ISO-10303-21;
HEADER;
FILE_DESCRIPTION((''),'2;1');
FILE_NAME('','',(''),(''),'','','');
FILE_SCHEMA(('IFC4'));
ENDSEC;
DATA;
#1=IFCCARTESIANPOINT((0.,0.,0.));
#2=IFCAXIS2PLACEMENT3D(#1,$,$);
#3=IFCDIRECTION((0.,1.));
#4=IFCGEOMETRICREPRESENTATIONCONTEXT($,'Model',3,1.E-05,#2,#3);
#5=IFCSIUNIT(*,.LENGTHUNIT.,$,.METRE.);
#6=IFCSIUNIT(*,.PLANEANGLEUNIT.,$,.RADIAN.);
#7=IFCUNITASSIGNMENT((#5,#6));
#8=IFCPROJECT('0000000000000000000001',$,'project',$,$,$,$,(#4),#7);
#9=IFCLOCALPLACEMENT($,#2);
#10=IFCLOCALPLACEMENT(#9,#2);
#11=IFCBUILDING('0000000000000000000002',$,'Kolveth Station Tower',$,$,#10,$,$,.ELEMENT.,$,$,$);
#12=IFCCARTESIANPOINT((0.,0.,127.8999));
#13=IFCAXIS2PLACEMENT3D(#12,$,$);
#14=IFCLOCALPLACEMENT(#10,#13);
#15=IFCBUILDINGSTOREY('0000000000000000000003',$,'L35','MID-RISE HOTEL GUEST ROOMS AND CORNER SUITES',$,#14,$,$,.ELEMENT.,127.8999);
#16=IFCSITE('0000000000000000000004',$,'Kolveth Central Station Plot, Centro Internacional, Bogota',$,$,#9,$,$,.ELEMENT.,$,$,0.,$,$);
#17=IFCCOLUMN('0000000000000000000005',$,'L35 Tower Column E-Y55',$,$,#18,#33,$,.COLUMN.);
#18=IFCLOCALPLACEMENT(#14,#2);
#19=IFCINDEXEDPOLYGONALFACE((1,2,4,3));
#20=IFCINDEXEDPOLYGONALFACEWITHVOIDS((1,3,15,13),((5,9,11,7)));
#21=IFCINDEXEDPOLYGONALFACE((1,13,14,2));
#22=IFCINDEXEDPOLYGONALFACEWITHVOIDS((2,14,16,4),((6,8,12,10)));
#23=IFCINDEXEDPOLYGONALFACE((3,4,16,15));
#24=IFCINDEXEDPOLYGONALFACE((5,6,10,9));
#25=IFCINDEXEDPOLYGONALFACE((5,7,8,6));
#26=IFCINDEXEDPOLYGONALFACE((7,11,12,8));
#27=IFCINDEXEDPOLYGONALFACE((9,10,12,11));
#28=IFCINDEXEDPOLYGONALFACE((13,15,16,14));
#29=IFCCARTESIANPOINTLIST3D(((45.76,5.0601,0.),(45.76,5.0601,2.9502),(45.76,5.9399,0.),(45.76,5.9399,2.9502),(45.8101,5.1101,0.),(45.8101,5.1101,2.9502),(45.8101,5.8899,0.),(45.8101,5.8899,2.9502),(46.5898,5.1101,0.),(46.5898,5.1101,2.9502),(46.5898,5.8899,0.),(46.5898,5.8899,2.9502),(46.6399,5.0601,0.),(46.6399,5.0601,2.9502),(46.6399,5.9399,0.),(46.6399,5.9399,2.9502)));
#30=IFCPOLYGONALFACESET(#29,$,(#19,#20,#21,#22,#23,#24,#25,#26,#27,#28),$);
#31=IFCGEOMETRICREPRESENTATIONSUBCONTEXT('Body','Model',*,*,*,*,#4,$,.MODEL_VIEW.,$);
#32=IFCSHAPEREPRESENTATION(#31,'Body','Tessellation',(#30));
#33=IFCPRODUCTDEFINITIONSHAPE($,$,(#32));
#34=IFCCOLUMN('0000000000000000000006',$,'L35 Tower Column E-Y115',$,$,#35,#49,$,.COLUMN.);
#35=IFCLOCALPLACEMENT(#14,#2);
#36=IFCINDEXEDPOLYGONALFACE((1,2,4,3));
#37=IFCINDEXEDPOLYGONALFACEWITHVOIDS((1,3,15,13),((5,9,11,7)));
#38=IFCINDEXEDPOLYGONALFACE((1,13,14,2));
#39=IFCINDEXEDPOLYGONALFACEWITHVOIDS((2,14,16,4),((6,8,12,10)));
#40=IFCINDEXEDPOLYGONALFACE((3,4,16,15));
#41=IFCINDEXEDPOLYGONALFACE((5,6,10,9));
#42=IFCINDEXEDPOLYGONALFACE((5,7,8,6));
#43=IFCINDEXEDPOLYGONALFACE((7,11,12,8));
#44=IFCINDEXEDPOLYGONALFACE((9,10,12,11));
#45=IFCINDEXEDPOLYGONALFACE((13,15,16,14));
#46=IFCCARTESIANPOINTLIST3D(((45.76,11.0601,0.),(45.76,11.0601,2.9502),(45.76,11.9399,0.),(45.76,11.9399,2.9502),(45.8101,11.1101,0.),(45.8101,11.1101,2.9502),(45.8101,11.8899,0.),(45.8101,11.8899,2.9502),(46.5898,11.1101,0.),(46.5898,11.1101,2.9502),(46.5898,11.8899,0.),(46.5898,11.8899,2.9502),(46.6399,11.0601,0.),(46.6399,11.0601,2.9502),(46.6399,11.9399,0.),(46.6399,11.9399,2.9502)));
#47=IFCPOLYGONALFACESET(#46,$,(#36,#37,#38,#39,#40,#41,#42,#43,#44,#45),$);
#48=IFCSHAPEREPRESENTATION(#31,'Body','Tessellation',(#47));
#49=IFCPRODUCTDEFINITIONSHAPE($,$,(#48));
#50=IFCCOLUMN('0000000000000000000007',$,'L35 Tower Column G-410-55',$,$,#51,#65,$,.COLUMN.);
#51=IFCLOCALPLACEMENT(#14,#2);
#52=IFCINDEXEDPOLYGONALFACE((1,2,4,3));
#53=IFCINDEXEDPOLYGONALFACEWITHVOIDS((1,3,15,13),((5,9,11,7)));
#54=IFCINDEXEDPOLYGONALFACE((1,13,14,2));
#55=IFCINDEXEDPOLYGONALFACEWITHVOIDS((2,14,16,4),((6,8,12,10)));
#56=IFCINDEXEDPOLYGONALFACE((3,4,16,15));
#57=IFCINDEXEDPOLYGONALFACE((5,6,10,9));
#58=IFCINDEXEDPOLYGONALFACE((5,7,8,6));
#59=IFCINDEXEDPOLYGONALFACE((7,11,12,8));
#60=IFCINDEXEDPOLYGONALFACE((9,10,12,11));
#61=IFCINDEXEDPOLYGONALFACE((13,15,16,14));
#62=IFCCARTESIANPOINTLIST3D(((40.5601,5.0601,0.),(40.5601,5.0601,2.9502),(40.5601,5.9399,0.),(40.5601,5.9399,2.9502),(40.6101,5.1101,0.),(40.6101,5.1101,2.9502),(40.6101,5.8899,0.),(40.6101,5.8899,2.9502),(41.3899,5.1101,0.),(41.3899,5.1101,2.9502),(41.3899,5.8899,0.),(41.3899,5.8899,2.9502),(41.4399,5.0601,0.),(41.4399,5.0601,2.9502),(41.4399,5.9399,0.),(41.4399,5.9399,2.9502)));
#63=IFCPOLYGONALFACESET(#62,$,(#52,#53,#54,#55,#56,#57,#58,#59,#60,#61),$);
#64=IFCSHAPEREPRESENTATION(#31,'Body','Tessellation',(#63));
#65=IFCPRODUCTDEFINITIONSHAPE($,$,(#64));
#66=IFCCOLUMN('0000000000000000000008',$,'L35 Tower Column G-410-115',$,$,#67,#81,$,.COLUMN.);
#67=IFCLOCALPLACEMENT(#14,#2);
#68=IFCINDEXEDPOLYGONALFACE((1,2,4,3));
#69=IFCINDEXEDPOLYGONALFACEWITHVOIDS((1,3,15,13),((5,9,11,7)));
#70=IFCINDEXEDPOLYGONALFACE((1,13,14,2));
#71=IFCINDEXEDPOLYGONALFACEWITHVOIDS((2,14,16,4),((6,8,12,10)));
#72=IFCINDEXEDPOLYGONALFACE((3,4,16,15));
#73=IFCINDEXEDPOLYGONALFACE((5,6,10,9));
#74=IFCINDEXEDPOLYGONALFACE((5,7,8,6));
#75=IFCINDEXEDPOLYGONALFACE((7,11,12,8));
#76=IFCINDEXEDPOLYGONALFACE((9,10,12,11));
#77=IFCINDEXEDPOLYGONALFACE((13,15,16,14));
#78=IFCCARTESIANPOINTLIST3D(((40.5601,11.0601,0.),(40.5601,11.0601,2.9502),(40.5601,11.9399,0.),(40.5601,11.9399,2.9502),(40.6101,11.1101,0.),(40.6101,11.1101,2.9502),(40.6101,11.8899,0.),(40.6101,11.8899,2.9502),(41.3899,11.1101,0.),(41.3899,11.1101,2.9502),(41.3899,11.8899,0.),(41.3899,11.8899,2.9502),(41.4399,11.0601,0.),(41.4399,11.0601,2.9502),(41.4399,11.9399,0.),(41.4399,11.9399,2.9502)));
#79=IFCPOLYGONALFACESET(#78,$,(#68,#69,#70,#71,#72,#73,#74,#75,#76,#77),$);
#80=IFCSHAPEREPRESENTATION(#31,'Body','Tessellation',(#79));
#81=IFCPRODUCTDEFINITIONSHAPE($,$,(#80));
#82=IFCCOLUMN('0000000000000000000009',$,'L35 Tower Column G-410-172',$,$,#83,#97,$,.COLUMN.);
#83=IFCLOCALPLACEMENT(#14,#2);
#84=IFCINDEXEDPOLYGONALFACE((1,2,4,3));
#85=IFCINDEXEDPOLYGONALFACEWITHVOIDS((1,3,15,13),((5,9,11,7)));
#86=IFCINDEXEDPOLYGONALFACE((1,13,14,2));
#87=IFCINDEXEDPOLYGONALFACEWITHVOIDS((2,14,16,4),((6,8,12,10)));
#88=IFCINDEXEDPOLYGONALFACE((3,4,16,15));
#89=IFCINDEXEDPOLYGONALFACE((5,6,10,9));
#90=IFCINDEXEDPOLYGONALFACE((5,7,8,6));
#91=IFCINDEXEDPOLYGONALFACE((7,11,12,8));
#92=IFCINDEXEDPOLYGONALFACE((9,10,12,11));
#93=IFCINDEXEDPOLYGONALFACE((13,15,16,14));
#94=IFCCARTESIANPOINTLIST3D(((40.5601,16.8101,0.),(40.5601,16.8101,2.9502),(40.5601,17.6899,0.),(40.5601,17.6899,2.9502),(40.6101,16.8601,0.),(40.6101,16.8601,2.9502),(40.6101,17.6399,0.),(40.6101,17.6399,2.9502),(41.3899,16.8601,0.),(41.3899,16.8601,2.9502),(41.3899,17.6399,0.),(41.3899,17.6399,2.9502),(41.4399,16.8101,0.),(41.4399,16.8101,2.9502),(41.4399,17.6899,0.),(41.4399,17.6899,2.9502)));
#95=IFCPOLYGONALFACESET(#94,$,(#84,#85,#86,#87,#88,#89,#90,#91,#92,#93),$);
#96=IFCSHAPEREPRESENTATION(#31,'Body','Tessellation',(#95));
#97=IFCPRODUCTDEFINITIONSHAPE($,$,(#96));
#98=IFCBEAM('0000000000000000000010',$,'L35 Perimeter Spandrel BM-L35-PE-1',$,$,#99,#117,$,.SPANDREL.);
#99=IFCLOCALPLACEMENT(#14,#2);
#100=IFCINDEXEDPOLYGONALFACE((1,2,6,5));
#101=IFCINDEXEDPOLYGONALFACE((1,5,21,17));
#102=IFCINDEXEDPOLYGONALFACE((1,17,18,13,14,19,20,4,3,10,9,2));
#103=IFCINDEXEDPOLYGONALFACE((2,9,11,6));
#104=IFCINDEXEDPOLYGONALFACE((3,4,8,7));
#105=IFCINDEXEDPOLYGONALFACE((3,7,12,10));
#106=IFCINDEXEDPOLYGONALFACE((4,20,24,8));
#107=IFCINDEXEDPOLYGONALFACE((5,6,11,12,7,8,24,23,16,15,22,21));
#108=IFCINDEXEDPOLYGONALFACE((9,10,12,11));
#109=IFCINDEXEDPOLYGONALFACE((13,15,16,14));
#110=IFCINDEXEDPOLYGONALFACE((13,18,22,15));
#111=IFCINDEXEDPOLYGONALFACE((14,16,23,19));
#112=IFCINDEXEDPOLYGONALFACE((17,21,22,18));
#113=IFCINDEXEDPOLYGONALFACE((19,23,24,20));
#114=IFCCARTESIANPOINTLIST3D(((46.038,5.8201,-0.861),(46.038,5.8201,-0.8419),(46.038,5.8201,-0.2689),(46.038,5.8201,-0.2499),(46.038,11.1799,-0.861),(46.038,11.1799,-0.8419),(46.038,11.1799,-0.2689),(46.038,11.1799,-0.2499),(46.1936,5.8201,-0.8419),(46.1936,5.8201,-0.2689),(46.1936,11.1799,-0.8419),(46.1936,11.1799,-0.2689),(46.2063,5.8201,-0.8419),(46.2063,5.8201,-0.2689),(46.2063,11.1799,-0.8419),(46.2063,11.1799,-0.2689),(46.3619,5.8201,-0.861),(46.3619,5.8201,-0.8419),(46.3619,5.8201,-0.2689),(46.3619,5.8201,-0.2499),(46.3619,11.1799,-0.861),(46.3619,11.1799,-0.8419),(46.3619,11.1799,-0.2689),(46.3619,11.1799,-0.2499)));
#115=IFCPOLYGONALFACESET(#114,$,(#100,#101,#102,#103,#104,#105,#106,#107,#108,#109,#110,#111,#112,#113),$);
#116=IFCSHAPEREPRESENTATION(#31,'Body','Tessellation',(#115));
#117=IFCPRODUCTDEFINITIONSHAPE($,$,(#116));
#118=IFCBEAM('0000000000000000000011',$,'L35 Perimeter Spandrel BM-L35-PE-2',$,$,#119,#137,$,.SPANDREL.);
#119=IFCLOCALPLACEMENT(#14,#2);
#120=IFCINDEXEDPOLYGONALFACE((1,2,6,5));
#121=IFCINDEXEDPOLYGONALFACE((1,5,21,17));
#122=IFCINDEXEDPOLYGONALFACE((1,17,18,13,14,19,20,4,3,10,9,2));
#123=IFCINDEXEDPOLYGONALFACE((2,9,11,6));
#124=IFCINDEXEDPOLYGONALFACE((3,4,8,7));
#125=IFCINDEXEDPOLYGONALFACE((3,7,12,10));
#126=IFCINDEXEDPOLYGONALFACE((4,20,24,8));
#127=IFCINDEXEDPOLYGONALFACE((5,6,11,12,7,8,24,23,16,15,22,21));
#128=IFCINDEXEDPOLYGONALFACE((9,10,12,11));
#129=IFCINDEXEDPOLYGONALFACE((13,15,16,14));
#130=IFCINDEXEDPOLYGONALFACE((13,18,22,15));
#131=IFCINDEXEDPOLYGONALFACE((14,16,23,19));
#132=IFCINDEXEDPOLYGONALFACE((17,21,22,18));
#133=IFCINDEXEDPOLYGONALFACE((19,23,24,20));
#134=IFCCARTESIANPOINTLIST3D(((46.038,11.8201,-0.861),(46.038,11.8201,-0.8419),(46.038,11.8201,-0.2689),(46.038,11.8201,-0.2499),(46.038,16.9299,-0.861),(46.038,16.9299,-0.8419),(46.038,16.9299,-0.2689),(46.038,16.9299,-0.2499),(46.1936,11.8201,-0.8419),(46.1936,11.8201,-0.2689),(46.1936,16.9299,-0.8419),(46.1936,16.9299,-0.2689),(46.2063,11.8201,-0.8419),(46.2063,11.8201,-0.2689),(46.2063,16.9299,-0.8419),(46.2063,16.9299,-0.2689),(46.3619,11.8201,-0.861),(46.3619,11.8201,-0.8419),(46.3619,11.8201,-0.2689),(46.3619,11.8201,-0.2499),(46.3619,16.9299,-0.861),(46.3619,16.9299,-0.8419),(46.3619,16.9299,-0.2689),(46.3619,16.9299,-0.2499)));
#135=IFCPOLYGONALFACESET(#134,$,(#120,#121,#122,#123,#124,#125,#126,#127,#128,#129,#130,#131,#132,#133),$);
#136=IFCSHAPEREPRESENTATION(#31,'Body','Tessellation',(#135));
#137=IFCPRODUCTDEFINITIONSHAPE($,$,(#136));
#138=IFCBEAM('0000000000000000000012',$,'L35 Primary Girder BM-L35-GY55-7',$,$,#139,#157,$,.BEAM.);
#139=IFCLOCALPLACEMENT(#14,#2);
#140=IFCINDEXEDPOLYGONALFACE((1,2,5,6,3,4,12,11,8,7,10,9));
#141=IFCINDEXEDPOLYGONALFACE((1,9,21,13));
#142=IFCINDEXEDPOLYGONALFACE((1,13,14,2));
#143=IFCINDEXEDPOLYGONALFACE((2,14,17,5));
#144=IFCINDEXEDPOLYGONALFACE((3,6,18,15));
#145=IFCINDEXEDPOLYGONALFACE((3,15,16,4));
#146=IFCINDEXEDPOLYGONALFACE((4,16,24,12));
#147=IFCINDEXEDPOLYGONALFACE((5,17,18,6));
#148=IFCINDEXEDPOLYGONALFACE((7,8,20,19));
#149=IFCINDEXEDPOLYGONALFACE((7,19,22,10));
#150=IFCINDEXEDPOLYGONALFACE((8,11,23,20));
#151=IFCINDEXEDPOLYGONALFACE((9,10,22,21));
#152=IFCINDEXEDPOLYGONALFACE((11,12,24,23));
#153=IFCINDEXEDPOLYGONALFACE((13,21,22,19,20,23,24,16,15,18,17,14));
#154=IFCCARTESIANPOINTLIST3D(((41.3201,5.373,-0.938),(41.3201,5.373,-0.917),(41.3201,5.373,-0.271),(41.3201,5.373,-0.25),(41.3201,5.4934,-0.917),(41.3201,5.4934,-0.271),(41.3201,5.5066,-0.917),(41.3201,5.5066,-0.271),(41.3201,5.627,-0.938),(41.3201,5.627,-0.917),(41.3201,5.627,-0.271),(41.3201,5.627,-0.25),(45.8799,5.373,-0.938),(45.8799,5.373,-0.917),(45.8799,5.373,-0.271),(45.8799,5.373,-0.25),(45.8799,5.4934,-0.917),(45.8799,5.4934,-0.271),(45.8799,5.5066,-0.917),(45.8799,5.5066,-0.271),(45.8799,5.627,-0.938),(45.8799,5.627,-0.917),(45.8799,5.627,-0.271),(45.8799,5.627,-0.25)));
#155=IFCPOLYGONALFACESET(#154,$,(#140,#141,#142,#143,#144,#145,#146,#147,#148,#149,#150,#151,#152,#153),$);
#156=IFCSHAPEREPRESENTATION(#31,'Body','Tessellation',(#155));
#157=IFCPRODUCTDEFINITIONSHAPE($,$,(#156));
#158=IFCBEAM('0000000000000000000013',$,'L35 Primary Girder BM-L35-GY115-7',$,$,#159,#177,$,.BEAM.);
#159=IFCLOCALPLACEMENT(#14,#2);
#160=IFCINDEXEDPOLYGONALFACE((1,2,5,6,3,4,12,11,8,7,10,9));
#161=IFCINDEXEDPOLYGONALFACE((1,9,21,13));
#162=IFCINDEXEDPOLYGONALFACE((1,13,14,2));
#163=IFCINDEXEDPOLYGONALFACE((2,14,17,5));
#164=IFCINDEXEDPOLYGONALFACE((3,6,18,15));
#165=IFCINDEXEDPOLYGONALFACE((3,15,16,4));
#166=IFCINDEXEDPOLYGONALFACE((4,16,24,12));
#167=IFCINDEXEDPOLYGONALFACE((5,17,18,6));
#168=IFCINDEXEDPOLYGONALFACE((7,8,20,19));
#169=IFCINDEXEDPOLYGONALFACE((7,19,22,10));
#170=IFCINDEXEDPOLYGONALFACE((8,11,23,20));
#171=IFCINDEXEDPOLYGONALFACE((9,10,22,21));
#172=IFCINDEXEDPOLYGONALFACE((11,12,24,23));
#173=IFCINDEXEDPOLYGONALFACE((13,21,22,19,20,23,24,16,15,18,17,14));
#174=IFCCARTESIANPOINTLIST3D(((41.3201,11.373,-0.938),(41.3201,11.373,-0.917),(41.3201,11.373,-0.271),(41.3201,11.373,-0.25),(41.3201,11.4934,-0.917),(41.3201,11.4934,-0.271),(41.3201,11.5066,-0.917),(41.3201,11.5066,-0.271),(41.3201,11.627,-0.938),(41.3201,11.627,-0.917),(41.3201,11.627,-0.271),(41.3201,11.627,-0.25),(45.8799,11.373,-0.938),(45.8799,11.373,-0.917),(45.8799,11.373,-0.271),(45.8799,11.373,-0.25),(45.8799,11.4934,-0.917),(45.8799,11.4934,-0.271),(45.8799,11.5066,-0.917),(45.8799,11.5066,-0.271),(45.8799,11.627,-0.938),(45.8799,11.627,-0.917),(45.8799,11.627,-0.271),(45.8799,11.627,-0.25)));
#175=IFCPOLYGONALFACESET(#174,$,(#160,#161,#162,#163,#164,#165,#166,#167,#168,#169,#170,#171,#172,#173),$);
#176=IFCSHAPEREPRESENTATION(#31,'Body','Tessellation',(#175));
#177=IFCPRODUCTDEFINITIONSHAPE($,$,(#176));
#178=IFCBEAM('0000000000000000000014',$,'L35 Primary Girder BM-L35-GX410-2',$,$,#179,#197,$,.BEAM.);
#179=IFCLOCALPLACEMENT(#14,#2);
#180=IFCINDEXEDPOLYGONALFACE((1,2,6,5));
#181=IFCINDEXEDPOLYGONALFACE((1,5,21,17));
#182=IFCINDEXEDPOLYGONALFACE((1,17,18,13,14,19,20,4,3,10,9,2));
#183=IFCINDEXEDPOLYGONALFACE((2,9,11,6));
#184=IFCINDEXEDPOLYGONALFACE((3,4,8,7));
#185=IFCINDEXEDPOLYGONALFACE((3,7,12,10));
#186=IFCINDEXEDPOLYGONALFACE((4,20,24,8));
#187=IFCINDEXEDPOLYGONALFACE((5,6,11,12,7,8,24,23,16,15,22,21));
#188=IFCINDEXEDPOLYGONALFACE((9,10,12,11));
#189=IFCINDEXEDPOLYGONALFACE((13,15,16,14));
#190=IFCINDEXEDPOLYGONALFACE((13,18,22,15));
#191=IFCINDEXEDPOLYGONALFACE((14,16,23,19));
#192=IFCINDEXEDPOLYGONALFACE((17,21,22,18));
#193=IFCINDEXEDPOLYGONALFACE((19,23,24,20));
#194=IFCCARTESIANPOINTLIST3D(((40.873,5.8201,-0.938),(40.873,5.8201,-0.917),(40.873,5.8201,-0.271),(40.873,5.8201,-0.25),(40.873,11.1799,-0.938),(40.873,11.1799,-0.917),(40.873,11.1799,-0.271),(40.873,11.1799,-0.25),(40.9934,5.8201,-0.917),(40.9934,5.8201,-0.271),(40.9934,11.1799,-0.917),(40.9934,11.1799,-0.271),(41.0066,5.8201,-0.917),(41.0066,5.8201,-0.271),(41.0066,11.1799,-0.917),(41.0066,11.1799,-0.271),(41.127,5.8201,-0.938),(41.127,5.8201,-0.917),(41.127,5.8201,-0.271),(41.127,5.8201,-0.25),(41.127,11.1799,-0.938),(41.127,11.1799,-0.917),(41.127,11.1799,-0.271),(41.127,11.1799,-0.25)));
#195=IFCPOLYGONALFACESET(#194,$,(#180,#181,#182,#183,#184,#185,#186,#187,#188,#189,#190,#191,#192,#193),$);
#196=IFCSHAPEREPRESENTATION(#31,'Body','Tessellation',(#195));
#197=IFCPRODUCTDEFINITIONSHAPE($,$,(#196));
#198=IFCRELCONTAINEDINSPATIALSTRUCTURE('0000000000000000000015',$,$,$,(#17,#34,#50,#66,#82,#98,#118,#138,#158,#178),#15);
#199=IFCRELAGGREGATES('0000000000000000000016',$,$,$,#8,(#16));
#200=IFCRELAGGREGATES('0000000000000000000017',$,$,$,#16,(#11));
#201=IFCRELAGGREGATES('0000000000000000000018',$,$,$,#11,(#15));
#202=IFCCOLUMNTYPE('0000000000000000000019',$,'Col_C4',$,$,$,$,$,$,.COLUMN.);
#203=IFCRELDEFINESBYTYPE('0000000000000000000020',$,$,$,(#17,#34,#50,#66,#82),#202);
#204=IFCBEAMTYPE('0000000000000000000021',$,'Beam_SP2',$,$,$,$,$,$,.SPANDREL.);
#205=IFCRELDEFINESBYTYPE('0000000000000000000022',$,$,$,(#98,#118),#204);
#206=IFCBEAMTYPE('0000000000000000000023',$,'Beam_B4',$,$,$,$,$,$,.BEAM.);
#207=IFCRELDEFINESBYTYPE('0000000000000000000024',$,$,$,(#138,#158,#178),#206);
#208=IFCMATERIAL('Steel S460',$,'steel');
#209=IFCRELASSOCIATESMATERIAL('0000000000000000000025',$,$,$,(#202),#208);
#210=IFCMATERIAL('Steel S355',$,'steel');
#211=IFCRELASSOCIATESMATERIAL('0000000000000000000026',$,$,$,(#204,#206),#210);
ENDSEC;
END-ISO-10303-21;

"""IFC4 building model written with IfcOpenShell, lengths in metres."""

from ifc_helpers import new_model, si_unit, direction, frame, origin, origin_2d, place, context, subcontext, project, spatial, hollow_rectangle, i_section, extrude, source, transform, mapped, material, material_profile, profile_set, type_object, element, save


model = new_model("IFC4")

# Units and contexts
model_context = context("Model", 3, precision=1e-05, world=origin(), true_north=direction((0.0, 1.0)))
body_context = subcontext(model_context, "Body", "Model", "MODEL_VIEW")
ifc_project = project(units=[si_unit("LENGTHUNIT", "METRE"), si_unit("PLANEANGLEUNIT", "RADIAN")], contexts=[model_context])

# Site, building, storey
site_placement = place(None, origin())
site = spatial("IfcSite", under=ifc_project, at=site_placement, Name="Kolveth Central Station Plot, Centro Internacional, Bogota", CompositionType="ELEMENT", RefElevation=0.0)
building_placement = place(site_placement, origin())
building = spatial("IfcBuilding", under=site, at=building_placement, Name="Kolveth Station Tower", CompositionType="ELEMENT")
storey_placement = place(building_placement, frame((0.0, 0.0, 127.8999)))
storey = spatial("IfcBuildingStorey", under=building, at=storey_placement, Name="L35", Description="MID-RISE HOTEL GUEST ROOMS AND CORNER SUITES", CompositionType="ELEMENT", Elevation=127.8999)

# Columns
ifc_material_1 = material(Name="Steel S460", Category="steel")
ifc_material_profile_1 = material_profile(ifc_material_1, hollow_rectangle(XDim=0.8799, YDim=0.8799, WallThickness=0.05, at=origin_2d()), Name="BOX880x880x50")
ifc_profile_set_1 = profile_set([ifc_material_profile_1], Name="Steel S460")
column_type = type_object("IfcColumnType", Name="Col_C4", PredefinedType="COLUMN", material=ifc_profile_set_1)
shared_shape_1 = source(origin(), body_context, "Body", "SweptSolid", [
    extrude(hollow_rectangle(XDim=0.8799, YDim=0.8799, WallThickness=0.05, at=origin_2d()), origin(), (0.0, 0.0, 1.0), 2.9502),
])
for number, where, z_axis, x_axis, name in (
    (1, (46.2, 5.5, 0.0), (0.0, 0.0, 1.0), (1.0, 0.0, 0.0), "L35 Tower Column E-Y55"),
    (2, (46.2, 11.5, 0.0), (0.0, 0.0, 1.0), (1.0, 0.0, 0.0), "L35 Tower Column E-Y115"),
    (3, (41.0, 5.5, 0.0), (0.0, 0.0, 1.0), (1.0, 0.0, 0.0), "L35 Tower Column G-410-55"),
    (4, (41.0, 11.5, 0.0), (0.0, 0.0, 1.0), (1.0, 0.0, 0.0), "L35 Tower Column G-410-115"),
    (5, (41.0, 17.25, 0.0), (0.0, 0.0, 1.0), (1.0, 0.0, 0.0), "L35 Tower Column G-410-172"),
):
    element("IfcColumn", number, at=place(storey_placement, frame(where, z_axis=z_axis, x_axis=x_axis)), inside=storey, type_object=column_type, Name=name, PredefinedType="COLUMN", context=body_context, shape_type="MappedRepresentation", body=[
        mapped(shared_shape_1, transform((0.0, 0.0, 0.0), x_axis=(1.0, 0.0, 0.0), y_axis=(0.0, 1.0, 0.0), z_axis=(0.0, 0.0, 1.0), scale=1.0)),
    ])

# Beams
ifc_material_2 = material(Name="Steel S355", Category="steel")
ifc_material_profile_2 = material_profile(ifc_material_2, i_section(OverallWidth=0.324, OverallDepth=0.6111, WebThickness=0.0127, FlangeThickness=0.019, at=origin_2d()), Name="W610x155")
ifc_profile_set_2 = profile_set([ifc_material_profile_2], Name="Steel S355")
beam_type_1 = type_object("IfcBeamType", Name="Beam_SP2", PredefinedType="SPANDREL", material=ifc_profile_set_2)
shared_shape_2 = source(origin(), body_context, "Body", "SweptSolid", [
    extrude(i_section(OverallWidth=0.324, OverallDepth=0.6111, WebThickness=0.0127, FlangeThickness=0.019, at=origin_2d()), origin(), (0.0, 0.0, 1.0), 5.3599),
])
beam_1_placement = place(storey_placement, frame((46.2, 5.8201, -0.5554), z_axis=(0.0, 1.0, 0.0), x_axis=(-1.0, 0.0, 0.0)))
element("IfcBeam", 6, at=beam_1_placement, inside=storey, type_object=beam_type_1, Name="L35 Perimeter Spandrel BM-L35-PE-1", PredefinedType="SPANDREL", context=body_context, shape_type="MappedRepresentation", body=[
    mapped(shared_shape_2, transform((0.0, 0.0, 0.0), x_axis=(1.0, 0.0, 0.0), y_axis=(0.0, 1.0, 0.0), z_axis=(0.0, 0.0, 1.0), scale=1.0)),
])
shared_shape_3 = source(origin(), body_context, "Body", "SweptSolid", [
    extrude(i_section(OverallWidth=0.324, OverallDepth=0.6111, WebThickness=0.0127, FlangeThickness=0.019, at=origin_2d()), origin(), (0.0, 0.0, 1.0), 5.1099),
])
beam_2_placement = place(storey_placement, frame((46.2, 11.8201, -0.5554), z_axis=(0.0, 1.0, 0.0), x_axis=(-1.0, 0.0, 0.0)))
element("IfcBeam", 7, at=beam_2_placement, inside=storey, type_object=beam_type_1, Name="L35 Perimeter Spandrel BM-L35-PE-2", PredefinedType="SPANDREL", context=body_context, shape_type="MappedRepresentation", body=[
    mapped(shared_shape_3, transform((0.0, 0.0, 0.0), x_axis=(1.0, 0.0, 0.0), y_axis=(0.0, 1.0, 0.0), z_axis=(0.0, 0.0, 1.0), scale=1.0)),
])
ifc_material_profile_3 = material_profile(ifc_material_2, i_section(OverallWidth=0.2539, OverallDepth=0.688, WebThickness=0.0132, FlangeThickness=0.021, at=origin_2d()), Name="W690x152")
ifc_profile_set_3 = profile_set([ifc_material_profile_3], Name="Steel S355")
beam_type_2 = type_object("IfcBeamType", Name="Beam_B4", PredefinedType="BEAM", material=ifc_profile_set_3)
shared_shape_4 = source(origin(), body_context, "Body", "SweptSolid", [
    extrude(i_section(OverallWidth=0.2539, OverallDepth=0.688, WebThickness=0.0132, FlangeThickness=0.021, at=origin_2d()), origin(), (0.0, 0.0, 1.0), 4.5598),
])
for number, where, z_axis, x_axis, name in (
    (8, (41.3201, 5.5, -0.594), (1.0, 0.0, 0.0), (0.0, 1.0, 0.0), "L35 Primary Girder BM-L35-GY55-7"),
    (9, (41.3201, 11.5, -0.594), (1.0, 0.0, 0.0), (0.0, 1.0, 0.0), "L35 Primary Girder BM-L35-GY115-7"),
):
    element("IfcBeam", number, at=place(storey_placement, frame(where, z_axis=z_axis, x_axis=x_axis)), inside=storey, type_object=beam_type_2, Name=name, PredefinedType="BEAM", context=body_context, shape_type="MappedRepresentation", body=[
        mapped(shared_shape_4, transform((0.0, 0.0, 0.0), x_axis=(1.0, 0.0, 0.0), y_axis=(0.0, 1.0, 0.0), z_axis=(0.0, 0.0, 1.0), scale=1.0)),
    ])
shared_shape_5 = source(origin(), body_context, "Body", "SweptSolid", [
    extrude(i_section(OverallWidth=0.2539, OverallDepth=0.688, WebThickness=0.0132, FlangeThickness=0.021, at=origin_2d()), origin(), (0.0, 0.0, 1.0), 5.3599),
])
beam_3_placement = place(storey_placement, frame((41.0, 5.8201, -0.594), z_axis=(0.0, 1.0, 0.0), x_axis=(-1.0, 0.0, 0.0)))
element("IfcBeam", 10, at=beam_3_placement, inside=storey, type_object=beam_type_2, Name="L35 Primary Girder BM-L35-GX410-2", PredefinedType="BEAM", context=body_context, shape_type="MappedRepresentation", body=[
    mapped(shared_shape_5, transform((0.0, 0.0, 0.0), x_axis=(1.0, 0.0, 0.0), y_axis=(0.0, 1.0, 0.0), z_axis=(0.0, 0.0, 1.0), scale=1.0)),
])

save(model, "model.ifc")
